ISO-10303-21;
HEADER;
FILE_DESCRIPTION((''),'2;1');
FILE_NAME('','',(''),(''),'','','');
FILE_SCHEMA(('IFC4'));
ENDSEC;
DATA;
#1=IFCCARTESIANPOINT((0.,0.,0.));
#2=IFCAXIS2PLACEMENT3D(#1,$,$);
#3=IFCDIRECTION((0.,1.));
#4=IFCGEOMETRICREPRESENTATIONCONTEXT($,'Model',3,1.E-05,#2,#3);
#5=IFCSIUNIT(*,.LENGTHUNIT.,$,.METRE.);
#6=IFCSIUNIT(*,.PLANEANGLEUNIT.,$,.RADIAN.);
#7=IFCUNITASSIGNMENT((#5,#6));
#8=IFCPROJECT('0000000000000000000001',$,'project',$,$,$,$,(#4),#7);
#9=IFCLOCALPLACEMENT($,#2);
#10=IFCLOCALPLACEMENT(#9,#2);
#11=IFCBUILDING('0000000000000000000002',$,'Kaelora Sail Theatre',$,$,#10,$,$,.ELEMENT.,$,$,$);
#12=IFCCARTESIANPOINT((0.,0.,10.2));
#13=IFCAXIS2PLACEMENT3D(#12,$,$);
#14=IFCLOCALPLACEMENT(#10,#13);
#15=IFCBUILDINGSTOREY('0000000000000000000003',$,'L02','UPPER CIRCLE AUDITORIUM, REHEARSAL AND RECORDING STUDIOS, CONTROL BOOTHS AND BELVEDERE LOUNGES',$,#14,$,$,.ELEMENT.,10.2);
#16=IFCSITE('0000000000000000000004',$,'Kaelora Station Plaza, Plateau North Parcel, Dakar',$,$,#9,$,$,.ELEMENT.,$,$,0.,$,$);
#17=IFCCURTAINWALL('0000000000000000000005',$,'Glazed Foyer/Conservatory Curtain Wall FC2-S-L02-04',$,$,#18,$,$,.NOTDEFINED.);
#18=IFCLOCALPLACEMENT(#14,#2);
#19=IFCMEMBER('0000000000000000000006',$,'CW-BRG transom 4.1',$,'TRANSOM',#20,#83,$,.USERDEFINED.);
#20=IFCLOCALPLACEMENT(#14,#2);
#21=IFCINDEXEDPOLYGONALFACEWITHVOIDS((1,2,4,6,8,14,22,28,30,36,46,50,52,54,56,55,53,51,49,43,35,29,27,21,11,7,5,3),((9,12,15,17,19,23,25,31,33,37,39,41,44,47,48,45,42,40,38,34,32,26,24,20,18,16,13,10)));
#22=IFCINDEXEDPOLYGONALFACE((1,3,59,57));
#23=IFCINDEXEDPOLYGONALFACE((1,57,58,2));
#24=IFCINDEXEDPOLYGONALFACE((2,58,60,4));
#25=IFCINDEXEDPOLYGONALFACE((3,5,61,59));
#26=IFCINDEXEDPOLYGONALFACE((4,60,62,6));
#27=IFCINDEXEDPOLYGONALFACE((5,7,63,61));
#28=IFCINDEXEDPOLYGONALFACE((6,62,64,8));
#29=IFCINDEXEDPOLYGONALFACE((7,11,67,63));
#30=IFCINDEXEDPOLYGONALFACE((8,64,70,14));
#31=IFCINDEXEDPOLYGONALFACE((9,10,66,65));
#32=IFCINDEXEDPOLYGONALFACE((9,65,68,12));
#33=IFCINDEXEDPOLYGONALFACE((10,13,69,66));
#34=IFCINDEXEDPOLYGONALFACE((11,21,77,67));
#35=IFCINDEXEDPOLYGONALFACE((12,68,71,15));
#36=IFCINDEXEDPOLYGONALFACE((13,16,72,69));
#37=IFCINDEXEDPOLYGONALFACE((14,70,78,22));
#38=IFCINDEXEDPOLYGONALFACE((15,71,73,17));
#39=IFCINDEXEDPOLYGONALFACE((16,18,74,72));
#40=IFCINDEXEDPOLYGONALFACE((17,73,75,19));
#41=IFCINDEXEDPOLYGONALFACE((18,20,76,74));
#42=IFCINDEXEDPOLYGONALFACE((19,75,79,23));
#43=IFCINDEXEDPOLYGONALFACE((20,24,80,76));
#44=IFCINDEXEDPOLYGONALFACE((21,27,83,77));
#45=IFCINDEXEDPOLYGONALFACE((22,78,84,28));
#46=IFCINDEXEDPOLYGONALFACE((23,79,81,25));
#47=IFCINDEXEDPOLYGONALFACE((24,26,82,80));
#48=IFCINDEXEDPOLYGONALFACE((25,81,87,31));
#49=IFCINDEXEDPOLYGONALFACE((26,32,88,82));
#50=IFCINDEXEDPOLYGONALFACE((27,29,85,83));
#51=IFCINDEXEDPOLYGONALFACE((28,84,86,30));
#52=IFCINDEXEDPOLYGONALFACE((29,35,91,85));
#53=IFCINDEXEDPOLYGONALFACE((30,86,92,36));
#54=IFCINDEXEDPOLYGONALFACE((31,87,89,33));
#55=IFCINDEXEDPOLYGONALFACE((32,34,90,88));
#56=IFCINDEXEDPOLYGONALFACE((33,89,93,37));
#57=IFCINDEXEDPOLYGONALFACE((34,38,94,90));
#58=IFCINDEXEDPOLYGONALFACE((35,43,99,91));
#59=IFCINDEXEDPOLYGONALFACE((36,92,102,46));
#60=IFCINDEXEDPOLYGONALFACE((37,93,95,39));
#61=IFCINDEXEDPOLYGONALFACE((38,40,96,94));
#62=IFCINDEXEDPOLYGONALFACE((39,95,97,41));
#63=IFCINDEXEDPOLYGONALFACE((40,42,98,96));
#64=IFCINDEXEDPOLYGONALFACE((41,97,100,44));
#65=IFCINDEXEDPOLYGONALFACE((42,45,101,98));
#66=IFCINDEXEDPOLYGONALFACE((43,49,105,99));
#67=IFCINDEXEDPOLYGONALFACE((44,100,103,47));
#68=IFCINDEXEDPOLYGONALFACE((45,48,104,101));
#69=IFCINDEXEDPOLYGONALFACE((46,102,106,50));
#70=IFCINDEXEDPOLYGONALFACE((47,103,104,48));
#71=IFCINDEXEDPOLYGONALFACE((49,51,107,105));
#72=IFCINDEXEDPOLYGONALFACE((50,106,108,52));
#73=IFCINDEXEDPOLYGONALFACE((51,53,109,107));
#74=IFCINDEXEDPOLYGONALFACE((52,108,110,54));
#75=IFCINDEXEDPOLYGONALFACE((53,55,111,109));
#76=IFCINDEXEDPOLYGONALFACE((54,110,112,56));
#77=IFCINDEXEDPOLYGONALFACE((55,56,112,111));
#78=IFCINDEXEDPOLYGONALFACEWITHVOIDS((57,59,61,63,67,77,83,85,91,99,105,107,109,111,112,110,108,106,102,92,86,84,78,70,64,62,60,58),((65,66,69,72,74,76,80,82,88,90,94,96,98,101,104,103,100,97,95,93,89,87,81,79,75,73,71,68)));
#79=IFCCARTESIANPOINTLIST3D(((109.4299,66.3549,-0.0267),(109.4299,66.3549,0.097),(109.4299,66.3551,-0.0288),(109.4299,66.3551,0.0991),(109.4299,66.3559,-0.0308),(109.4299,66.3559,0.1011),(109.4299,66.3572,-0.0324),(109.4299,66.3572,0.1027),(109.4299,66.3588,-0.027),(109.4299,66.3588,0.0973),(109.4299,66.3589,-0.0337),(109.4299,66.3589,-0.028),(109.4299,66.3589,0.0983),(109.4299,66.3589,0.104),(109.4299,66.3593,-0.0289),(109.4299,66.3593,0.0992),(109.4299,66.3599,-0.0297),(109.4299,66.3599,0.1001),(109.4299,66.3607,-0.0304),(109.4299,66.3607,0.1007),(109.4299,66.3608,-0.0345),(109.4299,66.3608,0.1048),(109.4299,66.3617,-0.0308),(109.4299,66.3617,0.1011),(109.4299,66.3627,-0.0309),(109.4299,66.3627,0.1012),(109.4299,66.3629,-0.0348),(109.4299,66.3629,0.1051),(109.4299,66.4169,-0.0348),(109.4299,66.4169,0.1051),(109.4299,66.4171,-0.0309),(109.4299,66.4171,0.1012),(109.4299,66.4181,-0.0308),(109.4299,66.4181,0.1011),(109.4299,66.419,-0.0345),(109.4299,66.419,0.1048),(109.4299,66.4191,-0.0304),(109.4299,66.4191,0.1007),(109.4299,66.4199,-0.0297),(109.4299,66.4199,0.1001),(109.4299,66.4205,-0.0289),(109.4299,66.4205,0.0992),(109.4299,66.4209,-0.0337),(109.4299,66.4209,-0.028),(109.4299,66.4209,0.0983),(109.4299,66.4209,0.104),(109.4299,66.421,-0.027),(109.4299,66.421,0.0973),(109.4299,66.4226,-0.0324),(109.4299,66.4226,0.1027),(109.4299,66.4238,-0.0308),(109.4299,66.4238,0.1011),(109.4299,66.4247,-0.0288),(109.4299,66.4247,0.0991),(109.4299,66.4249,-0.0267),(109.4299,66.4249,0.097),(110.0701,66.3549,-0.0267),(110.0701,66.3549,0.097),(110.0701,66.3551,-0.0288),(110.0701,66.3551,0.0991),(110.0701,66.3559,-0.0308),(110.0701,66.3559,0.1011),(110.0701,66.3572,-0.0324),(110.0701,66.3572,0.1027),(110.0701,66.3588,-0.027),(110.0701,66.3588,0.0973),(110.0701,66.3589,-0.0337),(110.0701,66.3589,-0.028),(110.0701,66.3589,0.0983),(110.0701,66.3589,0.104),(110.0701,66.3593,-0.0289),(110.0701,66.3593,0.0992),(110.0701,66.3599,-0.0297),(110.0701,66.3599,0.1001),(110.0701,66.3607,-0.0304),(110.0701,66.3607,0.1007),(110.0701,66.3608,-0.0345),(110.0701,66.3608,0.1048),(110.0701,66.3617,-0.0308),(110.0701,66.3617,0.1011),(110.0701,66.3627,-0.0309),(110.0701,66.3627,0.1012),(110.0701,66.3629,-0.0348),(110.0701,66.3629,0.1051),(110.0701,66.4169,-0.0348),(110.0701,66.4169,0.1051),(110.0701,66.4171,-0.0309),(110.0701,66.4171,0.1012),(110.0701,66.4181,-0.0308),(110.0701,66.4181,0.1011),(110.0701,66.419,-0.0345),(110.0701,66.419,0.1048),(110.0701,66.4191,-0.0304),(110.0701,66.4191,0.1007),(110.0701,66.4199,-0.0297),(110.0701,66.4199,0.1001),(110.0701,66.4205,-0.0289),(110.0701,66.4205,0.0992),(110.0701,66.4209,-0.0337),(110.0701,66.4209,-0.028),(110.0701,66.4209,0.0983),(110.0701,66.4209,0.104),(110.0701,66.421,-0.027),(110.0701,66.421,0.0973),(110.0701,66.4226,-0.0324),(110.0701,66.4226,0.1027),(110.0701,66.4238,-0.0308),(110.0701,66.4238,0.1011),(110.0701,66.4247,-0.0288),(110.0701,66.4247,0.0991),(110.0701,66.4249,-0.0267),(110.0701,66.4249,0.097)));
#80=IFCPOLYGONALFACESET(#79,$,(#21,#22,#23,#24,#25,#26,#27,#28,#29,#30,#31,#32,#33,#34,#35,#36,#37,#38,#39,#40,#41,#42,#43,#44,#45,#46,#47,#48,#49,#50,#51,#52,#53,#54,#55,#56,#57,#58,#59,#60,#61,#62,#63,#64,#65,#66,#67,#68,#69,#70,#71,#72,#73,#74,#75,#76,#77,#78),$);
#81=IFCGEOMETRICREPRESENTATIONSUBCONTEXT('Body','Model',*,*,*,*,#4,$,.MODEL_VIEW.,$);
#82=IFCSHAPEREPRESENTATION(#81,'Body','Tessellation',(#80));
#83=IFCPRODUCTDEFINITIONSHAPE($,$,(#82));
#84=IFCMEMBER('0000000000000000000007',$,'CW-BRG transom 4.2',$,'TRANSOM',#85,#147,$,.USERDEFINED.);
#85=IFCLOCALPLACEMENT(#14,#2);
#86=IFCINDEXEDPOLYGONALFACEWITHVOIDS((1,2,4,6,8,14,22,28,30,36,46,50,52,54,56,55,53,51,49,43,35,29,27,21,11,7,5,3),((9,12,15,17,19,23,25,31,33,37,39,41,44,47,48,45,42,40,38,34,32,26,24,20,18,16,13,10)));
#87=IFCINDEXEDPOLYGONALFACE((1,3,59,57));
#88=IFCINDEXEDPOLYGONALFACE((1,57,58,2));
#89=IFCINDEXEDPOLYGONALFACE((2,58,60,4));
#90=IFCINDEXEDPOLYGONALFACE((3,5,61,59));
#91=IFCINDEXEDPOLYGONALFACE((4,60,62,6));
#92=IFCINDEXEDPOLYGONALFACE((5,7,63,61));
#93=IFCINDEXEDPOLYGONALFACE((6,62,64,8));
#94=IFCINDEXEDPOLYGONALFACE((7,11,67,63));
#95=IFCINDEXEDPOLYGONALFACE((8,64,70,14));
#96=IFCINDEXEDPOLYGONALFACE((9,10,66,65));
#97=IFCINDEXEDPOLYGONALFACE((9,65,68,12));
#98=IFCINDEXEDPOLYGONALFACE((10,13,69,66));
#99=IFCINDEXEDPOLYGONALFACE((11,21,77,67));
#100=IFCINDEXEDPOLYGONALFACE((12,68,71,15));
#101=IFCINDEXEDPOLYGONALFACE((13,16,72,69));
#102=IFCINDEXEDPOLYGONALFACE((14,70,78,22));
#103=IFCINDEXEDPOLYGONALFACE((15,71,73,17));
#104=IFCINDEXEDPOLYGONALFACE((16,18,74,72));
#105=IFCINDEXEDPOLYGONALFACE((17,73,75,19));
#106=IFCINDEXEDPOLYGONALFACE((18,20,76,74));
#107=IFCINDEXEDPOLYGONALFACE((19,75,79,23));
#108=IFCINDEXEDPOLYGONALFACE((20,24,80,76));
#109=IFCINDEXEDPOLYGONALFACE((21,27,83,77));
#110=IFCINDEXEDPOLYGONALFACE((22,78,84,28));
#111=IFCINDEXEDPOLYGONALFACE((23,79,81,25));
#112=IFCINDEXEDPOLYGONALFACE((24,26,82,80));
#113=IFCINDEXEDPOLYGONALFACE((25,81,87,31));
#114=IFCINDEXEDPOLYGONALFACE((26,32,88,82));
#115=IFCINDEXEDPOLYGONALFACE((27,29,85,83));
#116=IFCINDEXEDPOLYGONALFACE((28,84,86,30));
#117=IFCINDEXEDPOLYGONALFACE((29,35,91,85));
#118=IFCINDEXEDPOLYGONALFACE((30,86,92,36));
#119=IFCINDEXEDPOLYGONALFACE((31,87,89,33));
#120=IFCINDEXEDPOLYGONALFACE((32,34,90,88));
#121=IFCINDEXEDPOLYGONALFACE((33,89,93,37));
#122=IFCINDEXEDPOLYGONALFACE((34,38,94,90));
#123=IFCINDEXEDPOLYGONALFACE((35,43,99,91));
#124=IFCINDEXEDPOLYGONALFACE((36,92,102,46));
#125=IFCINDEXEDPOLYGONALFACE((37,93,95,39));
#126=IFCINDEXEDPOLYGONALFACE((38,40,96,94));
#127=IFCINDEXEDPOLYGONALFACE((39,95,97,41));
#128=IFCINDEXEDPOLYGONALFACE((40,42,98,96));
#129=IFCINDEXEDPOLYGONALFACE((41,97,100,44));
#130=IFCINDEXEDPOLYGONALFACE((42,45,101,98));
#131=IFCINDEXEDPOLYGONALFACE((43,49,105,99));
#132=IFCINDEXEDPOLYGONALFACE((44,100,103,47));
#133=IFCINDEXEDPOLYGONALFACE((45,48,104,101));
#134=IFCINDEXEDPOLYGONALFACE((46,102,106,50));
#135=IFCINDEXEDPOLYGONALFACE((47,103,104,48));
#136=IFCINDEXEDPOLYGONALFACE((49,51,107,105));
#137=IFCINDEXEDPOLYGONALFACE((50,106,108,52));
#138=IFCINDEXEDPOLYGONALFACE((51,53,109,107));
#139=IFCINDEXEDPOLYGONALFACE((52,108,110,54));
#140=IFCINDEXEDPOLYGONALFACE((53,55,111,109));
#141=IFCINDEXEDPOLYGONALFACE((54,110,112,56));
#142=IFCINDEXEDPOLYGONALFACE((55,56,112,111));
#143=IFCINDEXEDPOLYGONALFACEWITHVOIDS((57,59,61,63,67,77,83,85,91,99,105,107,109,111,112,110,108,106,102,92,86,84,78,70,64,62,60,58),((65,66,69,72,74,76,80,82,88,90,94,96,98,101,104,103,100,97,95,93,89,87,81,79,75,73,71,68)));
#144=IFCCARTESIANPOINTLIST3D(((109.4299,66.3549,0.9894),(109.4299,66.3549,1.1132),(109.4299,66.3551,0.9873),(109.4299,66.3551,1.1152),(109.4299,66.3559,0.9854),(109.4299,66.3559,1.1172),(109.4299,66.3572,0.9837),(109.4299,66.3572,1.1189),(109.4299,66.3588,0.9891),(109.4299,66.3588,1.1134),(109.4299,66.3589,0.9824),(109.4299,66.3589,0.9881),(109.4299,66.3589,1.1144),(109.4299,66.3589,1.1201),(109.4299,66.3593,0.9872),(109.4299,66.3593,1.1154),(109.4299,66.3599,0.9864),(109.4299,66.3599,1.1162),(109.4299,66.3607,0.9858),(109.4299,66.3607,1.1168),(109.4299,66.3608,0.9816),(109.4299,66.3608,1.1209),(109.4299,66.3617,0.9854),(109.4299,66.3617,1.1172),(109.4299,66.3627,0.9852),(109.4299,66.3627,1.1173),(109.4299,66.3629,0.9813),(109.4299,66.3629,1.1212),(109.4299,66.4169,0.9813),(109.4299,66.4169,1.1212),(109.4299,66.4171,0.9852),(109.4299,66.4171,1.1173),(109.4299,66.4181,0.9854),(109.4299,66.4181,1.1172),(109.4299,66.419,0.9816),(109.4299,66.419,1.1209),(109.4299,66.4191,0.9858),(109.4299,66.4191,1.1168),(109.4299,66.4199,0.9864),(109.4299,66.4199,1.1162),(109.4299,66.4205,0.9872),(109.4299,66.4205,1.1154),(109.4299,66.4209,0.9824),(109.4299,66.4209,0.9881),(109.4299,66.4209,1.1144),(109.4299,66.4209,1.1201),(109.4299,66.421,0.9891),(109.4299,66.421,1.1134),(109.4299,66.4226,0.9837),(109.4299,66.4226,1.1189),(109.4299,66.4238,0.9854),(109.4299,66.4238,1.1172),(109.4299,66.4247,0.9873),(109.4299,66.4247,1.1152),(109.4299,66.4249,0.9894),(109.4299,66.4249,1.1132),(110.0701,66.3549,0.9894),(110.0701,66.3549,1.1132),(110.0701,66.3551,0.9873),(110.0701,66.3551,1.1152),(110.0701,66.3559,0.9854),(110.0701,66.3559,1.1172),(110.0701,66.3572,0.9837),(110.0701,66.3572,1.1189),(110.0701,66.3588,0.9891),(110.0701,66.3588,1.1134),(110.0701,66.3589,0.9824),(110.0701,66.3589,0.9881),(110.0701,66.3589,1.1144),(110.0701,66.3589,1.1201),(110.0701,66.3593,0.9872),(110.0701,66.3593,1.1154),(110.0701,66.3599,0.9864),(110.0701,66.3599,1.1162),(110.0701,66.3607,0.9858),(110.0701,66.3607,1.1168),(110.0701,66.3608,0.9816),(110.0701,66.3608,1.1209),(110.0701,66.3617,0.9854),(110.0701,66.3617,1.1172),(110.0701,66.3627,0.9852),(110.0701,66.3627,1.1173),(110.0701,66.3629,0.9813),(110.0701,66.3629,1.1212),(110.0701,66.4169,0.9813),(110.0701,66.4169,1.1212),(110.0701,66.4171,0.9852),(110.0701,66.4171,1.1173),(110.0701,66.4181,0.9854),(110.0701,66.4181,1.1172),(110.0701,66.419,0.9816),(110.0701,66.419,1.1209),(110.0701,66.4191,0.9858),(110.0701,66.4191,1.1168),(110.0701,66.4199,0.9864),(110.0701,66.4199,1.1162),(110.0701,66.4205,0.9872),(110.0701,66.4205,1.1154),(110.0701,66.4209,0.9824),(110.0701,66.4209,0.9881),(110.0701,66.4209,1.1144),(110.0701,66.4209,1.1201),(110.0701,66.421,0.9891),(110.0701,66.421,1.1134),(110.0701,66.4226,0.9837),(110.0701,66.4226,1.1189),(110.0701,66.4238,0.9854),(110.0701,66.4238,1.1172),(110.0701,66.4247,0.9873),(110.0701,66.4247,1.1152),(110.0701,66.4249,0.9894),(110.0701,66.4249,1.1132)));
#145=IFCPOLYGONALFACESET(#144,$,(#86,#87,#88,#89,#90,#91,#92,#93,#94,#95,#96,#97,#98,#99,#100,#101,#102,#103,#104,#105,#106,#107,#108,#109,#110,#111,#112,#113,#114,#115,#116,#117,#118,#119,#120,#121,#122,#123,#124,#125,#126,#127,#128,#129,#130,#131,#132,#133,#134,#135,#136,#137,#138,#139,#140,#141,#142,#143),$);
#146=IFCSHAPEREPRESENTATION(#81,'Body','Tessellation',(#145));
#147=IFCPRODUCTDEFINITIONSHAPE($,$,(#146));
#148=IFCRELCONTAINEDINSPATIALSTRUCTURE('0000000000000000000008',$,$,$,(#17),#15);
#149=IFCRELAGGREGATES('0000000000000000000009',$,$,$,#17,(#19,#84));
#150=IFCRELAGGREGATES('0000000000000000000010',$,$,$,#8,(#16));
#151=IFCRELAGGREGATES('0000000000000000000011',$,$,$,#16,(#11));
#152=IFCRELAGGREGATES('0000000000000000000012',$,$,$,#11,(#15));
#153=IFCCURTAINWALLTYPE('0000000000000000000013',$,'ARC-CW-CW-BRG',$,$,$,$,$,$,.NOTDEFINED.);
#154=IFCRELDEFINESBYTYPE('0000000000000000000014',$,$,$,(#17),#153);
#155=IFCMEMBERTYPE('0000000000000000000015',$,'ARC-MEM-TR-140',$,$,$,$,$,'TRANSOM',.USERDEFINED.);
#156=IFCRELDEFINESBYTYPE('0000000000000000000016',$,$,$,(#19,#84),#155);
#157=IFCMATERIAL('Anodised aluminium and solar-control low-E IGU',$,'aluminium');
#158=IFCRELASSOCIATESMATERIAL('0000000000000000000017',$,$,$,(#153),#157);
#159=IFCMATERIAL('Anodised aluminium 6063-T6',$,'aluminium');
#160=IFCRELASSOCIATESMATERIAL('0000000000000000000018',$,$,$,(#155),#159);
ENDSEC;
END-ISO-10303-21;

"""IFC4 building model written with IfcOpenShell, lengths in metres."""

from ifc_helpers import new_model, si_unit, direction, frame, origin, origin_2d, place, context, subcontext, project, spatial, hollow_rectangle, extrude, material, material_profile, profile_set, type_object, element, aggregate, save


model = new_model("IFC4")

# Units and contexts
model_context = context("Model", 3, precision=1e-05, world=origin(), true_north=direction((0.0, 1.0)))
body_context = subcontext(model_context, "Body", "Model", "MODEL_VIEW")
ifc_project = project(units=[si_unit("LENGTHUNIT", "METRE"), si_unit("PLANEANGLEUNIT", "RADIAN")], contexts=[model_context])

# Site, building, storey
site_placement = place(None, origin())
site = spatial("IfcSite", under=ifc_project, at=site_placement, Name="Kaelora Station Plaza, Plateau North Parcel, Dakar", CompositionType="ELEMENT", RefElevation=0.0)
building_placement = place(site_placement, origin())
building = spatial("IfcBuilding", under=site, at=building_placement, Name="Kaelora Sail Theatre", CompositionType="ELEMENT")
storey_placement = place(building_placement, frame((0.0, 0.0, 10.2)))
storey = spatial("IfcBuildingStorey", under=building, at=storey_placement, Name="L02", Description="UPPER CIRCLE AUDITORIUM, REHEARSAL AND RECORDING STUDIOS, CONTROL BOOTHS AND BELVEDERE LOUNGES", CompositionType="ELEMENT", Elevation=10.2)

# Curtain wall
ifc_material_1 = material(Name="Anodised aluminium and solar-control low-E IGU", Category="aluminium")
curtain_wall_type = type_object("IfcCurtainWallType", Name="ARC-CW-CW-BRG", PredefinedType="NOTDEFINED", material=ifc_material_1)
curtain_wall_1_placement = place(storey_placement, origin())
curtain_wall_1 = element("IfcCurtainWall", 1, at=curtain_wall_1_placement, inside=storey, type_object=curtain_wall_type, Name="Glazed Foyer/Conservatory Curtain Wall FC2-S-L02-04", PredefinedType="NOTDEFINED")

# Members
ifc_material_2 = material(Name="Anodised aluminium 6063-T6", Category="aluminium")
ifc_material_profile_1 = material_profile(ifc_material_2, hollow_rectangle(XDim=0.0701, YDim=0.1399, WallThickness=0.0039, InnerFilletRadius=0.0039, OuterFilletRadius=0.0081, at=origin_2d()), Name="ALU-TRAN 70x140x4")
ifc_profile_set_1 = profile_set([ifc_material_profile_1], Name="Anodised aluminium 6063-T6")
member_type_1 = type_object("IfcMemberType", Name="ARC-MEM-TR-140", ElementType="TRANSOM", PredefinedType="USERDEFINED", material=ifc_profile_set_1)
member_1_placement = place(storey_placement, frame((109.4299, 66.3899, 0.0352), z_axis=(1.0, 0.0, 0.0), x_axis=(0.0, 1.0, 0.0)))
member_1 = element("IfcMember", 2, at=member_1_placement, type_object=member_type_1, Name="CW-BRG transom 4.1", ObjectType="TRANSOM", PredefinedType="USERDEFINED", context=body_context, shape_type="SweptSolid", body=[
    extrude(hollow_rectangle(XDim=0.0701, YDim=0.1399, WallThickness=0.0039, InnerFilletRadius=0.0039, OuterFilletRadius=0.0081, at=origin_2d()), origin(), (0.0, 0.0, 1.0), 0.6401),
])
member_2_placement = place(storey_placement, frame((109.4299, 66.3899, 1.0513), z_axis=(1.0, 0.0, 0.0), x_axis=(0.0, 1.0, 0.0)))
member_2 = element("IfcMember", 3, at=member_2_placement, type_object=member_type_1, Name="CW-BRG transom 4.2", ObjectType="TRANSOM", PredefinedType="USERDEFINED", context=body_context, shape_type="SweptSolid", body=[
    extrude(hollow_rectangle(XDim=0.0701, YDim=0.1399, WallThickness=0.0039, InnerFilletRadius=0.0039, OuterFilletRadius=0.0081, at=origin_2d()), origin(), (0.0, 0.0, 1.0), 0.6401),
])

aggregate(curtain_wall_1, [member_1, member_2])

save(model, "model.ifc")
